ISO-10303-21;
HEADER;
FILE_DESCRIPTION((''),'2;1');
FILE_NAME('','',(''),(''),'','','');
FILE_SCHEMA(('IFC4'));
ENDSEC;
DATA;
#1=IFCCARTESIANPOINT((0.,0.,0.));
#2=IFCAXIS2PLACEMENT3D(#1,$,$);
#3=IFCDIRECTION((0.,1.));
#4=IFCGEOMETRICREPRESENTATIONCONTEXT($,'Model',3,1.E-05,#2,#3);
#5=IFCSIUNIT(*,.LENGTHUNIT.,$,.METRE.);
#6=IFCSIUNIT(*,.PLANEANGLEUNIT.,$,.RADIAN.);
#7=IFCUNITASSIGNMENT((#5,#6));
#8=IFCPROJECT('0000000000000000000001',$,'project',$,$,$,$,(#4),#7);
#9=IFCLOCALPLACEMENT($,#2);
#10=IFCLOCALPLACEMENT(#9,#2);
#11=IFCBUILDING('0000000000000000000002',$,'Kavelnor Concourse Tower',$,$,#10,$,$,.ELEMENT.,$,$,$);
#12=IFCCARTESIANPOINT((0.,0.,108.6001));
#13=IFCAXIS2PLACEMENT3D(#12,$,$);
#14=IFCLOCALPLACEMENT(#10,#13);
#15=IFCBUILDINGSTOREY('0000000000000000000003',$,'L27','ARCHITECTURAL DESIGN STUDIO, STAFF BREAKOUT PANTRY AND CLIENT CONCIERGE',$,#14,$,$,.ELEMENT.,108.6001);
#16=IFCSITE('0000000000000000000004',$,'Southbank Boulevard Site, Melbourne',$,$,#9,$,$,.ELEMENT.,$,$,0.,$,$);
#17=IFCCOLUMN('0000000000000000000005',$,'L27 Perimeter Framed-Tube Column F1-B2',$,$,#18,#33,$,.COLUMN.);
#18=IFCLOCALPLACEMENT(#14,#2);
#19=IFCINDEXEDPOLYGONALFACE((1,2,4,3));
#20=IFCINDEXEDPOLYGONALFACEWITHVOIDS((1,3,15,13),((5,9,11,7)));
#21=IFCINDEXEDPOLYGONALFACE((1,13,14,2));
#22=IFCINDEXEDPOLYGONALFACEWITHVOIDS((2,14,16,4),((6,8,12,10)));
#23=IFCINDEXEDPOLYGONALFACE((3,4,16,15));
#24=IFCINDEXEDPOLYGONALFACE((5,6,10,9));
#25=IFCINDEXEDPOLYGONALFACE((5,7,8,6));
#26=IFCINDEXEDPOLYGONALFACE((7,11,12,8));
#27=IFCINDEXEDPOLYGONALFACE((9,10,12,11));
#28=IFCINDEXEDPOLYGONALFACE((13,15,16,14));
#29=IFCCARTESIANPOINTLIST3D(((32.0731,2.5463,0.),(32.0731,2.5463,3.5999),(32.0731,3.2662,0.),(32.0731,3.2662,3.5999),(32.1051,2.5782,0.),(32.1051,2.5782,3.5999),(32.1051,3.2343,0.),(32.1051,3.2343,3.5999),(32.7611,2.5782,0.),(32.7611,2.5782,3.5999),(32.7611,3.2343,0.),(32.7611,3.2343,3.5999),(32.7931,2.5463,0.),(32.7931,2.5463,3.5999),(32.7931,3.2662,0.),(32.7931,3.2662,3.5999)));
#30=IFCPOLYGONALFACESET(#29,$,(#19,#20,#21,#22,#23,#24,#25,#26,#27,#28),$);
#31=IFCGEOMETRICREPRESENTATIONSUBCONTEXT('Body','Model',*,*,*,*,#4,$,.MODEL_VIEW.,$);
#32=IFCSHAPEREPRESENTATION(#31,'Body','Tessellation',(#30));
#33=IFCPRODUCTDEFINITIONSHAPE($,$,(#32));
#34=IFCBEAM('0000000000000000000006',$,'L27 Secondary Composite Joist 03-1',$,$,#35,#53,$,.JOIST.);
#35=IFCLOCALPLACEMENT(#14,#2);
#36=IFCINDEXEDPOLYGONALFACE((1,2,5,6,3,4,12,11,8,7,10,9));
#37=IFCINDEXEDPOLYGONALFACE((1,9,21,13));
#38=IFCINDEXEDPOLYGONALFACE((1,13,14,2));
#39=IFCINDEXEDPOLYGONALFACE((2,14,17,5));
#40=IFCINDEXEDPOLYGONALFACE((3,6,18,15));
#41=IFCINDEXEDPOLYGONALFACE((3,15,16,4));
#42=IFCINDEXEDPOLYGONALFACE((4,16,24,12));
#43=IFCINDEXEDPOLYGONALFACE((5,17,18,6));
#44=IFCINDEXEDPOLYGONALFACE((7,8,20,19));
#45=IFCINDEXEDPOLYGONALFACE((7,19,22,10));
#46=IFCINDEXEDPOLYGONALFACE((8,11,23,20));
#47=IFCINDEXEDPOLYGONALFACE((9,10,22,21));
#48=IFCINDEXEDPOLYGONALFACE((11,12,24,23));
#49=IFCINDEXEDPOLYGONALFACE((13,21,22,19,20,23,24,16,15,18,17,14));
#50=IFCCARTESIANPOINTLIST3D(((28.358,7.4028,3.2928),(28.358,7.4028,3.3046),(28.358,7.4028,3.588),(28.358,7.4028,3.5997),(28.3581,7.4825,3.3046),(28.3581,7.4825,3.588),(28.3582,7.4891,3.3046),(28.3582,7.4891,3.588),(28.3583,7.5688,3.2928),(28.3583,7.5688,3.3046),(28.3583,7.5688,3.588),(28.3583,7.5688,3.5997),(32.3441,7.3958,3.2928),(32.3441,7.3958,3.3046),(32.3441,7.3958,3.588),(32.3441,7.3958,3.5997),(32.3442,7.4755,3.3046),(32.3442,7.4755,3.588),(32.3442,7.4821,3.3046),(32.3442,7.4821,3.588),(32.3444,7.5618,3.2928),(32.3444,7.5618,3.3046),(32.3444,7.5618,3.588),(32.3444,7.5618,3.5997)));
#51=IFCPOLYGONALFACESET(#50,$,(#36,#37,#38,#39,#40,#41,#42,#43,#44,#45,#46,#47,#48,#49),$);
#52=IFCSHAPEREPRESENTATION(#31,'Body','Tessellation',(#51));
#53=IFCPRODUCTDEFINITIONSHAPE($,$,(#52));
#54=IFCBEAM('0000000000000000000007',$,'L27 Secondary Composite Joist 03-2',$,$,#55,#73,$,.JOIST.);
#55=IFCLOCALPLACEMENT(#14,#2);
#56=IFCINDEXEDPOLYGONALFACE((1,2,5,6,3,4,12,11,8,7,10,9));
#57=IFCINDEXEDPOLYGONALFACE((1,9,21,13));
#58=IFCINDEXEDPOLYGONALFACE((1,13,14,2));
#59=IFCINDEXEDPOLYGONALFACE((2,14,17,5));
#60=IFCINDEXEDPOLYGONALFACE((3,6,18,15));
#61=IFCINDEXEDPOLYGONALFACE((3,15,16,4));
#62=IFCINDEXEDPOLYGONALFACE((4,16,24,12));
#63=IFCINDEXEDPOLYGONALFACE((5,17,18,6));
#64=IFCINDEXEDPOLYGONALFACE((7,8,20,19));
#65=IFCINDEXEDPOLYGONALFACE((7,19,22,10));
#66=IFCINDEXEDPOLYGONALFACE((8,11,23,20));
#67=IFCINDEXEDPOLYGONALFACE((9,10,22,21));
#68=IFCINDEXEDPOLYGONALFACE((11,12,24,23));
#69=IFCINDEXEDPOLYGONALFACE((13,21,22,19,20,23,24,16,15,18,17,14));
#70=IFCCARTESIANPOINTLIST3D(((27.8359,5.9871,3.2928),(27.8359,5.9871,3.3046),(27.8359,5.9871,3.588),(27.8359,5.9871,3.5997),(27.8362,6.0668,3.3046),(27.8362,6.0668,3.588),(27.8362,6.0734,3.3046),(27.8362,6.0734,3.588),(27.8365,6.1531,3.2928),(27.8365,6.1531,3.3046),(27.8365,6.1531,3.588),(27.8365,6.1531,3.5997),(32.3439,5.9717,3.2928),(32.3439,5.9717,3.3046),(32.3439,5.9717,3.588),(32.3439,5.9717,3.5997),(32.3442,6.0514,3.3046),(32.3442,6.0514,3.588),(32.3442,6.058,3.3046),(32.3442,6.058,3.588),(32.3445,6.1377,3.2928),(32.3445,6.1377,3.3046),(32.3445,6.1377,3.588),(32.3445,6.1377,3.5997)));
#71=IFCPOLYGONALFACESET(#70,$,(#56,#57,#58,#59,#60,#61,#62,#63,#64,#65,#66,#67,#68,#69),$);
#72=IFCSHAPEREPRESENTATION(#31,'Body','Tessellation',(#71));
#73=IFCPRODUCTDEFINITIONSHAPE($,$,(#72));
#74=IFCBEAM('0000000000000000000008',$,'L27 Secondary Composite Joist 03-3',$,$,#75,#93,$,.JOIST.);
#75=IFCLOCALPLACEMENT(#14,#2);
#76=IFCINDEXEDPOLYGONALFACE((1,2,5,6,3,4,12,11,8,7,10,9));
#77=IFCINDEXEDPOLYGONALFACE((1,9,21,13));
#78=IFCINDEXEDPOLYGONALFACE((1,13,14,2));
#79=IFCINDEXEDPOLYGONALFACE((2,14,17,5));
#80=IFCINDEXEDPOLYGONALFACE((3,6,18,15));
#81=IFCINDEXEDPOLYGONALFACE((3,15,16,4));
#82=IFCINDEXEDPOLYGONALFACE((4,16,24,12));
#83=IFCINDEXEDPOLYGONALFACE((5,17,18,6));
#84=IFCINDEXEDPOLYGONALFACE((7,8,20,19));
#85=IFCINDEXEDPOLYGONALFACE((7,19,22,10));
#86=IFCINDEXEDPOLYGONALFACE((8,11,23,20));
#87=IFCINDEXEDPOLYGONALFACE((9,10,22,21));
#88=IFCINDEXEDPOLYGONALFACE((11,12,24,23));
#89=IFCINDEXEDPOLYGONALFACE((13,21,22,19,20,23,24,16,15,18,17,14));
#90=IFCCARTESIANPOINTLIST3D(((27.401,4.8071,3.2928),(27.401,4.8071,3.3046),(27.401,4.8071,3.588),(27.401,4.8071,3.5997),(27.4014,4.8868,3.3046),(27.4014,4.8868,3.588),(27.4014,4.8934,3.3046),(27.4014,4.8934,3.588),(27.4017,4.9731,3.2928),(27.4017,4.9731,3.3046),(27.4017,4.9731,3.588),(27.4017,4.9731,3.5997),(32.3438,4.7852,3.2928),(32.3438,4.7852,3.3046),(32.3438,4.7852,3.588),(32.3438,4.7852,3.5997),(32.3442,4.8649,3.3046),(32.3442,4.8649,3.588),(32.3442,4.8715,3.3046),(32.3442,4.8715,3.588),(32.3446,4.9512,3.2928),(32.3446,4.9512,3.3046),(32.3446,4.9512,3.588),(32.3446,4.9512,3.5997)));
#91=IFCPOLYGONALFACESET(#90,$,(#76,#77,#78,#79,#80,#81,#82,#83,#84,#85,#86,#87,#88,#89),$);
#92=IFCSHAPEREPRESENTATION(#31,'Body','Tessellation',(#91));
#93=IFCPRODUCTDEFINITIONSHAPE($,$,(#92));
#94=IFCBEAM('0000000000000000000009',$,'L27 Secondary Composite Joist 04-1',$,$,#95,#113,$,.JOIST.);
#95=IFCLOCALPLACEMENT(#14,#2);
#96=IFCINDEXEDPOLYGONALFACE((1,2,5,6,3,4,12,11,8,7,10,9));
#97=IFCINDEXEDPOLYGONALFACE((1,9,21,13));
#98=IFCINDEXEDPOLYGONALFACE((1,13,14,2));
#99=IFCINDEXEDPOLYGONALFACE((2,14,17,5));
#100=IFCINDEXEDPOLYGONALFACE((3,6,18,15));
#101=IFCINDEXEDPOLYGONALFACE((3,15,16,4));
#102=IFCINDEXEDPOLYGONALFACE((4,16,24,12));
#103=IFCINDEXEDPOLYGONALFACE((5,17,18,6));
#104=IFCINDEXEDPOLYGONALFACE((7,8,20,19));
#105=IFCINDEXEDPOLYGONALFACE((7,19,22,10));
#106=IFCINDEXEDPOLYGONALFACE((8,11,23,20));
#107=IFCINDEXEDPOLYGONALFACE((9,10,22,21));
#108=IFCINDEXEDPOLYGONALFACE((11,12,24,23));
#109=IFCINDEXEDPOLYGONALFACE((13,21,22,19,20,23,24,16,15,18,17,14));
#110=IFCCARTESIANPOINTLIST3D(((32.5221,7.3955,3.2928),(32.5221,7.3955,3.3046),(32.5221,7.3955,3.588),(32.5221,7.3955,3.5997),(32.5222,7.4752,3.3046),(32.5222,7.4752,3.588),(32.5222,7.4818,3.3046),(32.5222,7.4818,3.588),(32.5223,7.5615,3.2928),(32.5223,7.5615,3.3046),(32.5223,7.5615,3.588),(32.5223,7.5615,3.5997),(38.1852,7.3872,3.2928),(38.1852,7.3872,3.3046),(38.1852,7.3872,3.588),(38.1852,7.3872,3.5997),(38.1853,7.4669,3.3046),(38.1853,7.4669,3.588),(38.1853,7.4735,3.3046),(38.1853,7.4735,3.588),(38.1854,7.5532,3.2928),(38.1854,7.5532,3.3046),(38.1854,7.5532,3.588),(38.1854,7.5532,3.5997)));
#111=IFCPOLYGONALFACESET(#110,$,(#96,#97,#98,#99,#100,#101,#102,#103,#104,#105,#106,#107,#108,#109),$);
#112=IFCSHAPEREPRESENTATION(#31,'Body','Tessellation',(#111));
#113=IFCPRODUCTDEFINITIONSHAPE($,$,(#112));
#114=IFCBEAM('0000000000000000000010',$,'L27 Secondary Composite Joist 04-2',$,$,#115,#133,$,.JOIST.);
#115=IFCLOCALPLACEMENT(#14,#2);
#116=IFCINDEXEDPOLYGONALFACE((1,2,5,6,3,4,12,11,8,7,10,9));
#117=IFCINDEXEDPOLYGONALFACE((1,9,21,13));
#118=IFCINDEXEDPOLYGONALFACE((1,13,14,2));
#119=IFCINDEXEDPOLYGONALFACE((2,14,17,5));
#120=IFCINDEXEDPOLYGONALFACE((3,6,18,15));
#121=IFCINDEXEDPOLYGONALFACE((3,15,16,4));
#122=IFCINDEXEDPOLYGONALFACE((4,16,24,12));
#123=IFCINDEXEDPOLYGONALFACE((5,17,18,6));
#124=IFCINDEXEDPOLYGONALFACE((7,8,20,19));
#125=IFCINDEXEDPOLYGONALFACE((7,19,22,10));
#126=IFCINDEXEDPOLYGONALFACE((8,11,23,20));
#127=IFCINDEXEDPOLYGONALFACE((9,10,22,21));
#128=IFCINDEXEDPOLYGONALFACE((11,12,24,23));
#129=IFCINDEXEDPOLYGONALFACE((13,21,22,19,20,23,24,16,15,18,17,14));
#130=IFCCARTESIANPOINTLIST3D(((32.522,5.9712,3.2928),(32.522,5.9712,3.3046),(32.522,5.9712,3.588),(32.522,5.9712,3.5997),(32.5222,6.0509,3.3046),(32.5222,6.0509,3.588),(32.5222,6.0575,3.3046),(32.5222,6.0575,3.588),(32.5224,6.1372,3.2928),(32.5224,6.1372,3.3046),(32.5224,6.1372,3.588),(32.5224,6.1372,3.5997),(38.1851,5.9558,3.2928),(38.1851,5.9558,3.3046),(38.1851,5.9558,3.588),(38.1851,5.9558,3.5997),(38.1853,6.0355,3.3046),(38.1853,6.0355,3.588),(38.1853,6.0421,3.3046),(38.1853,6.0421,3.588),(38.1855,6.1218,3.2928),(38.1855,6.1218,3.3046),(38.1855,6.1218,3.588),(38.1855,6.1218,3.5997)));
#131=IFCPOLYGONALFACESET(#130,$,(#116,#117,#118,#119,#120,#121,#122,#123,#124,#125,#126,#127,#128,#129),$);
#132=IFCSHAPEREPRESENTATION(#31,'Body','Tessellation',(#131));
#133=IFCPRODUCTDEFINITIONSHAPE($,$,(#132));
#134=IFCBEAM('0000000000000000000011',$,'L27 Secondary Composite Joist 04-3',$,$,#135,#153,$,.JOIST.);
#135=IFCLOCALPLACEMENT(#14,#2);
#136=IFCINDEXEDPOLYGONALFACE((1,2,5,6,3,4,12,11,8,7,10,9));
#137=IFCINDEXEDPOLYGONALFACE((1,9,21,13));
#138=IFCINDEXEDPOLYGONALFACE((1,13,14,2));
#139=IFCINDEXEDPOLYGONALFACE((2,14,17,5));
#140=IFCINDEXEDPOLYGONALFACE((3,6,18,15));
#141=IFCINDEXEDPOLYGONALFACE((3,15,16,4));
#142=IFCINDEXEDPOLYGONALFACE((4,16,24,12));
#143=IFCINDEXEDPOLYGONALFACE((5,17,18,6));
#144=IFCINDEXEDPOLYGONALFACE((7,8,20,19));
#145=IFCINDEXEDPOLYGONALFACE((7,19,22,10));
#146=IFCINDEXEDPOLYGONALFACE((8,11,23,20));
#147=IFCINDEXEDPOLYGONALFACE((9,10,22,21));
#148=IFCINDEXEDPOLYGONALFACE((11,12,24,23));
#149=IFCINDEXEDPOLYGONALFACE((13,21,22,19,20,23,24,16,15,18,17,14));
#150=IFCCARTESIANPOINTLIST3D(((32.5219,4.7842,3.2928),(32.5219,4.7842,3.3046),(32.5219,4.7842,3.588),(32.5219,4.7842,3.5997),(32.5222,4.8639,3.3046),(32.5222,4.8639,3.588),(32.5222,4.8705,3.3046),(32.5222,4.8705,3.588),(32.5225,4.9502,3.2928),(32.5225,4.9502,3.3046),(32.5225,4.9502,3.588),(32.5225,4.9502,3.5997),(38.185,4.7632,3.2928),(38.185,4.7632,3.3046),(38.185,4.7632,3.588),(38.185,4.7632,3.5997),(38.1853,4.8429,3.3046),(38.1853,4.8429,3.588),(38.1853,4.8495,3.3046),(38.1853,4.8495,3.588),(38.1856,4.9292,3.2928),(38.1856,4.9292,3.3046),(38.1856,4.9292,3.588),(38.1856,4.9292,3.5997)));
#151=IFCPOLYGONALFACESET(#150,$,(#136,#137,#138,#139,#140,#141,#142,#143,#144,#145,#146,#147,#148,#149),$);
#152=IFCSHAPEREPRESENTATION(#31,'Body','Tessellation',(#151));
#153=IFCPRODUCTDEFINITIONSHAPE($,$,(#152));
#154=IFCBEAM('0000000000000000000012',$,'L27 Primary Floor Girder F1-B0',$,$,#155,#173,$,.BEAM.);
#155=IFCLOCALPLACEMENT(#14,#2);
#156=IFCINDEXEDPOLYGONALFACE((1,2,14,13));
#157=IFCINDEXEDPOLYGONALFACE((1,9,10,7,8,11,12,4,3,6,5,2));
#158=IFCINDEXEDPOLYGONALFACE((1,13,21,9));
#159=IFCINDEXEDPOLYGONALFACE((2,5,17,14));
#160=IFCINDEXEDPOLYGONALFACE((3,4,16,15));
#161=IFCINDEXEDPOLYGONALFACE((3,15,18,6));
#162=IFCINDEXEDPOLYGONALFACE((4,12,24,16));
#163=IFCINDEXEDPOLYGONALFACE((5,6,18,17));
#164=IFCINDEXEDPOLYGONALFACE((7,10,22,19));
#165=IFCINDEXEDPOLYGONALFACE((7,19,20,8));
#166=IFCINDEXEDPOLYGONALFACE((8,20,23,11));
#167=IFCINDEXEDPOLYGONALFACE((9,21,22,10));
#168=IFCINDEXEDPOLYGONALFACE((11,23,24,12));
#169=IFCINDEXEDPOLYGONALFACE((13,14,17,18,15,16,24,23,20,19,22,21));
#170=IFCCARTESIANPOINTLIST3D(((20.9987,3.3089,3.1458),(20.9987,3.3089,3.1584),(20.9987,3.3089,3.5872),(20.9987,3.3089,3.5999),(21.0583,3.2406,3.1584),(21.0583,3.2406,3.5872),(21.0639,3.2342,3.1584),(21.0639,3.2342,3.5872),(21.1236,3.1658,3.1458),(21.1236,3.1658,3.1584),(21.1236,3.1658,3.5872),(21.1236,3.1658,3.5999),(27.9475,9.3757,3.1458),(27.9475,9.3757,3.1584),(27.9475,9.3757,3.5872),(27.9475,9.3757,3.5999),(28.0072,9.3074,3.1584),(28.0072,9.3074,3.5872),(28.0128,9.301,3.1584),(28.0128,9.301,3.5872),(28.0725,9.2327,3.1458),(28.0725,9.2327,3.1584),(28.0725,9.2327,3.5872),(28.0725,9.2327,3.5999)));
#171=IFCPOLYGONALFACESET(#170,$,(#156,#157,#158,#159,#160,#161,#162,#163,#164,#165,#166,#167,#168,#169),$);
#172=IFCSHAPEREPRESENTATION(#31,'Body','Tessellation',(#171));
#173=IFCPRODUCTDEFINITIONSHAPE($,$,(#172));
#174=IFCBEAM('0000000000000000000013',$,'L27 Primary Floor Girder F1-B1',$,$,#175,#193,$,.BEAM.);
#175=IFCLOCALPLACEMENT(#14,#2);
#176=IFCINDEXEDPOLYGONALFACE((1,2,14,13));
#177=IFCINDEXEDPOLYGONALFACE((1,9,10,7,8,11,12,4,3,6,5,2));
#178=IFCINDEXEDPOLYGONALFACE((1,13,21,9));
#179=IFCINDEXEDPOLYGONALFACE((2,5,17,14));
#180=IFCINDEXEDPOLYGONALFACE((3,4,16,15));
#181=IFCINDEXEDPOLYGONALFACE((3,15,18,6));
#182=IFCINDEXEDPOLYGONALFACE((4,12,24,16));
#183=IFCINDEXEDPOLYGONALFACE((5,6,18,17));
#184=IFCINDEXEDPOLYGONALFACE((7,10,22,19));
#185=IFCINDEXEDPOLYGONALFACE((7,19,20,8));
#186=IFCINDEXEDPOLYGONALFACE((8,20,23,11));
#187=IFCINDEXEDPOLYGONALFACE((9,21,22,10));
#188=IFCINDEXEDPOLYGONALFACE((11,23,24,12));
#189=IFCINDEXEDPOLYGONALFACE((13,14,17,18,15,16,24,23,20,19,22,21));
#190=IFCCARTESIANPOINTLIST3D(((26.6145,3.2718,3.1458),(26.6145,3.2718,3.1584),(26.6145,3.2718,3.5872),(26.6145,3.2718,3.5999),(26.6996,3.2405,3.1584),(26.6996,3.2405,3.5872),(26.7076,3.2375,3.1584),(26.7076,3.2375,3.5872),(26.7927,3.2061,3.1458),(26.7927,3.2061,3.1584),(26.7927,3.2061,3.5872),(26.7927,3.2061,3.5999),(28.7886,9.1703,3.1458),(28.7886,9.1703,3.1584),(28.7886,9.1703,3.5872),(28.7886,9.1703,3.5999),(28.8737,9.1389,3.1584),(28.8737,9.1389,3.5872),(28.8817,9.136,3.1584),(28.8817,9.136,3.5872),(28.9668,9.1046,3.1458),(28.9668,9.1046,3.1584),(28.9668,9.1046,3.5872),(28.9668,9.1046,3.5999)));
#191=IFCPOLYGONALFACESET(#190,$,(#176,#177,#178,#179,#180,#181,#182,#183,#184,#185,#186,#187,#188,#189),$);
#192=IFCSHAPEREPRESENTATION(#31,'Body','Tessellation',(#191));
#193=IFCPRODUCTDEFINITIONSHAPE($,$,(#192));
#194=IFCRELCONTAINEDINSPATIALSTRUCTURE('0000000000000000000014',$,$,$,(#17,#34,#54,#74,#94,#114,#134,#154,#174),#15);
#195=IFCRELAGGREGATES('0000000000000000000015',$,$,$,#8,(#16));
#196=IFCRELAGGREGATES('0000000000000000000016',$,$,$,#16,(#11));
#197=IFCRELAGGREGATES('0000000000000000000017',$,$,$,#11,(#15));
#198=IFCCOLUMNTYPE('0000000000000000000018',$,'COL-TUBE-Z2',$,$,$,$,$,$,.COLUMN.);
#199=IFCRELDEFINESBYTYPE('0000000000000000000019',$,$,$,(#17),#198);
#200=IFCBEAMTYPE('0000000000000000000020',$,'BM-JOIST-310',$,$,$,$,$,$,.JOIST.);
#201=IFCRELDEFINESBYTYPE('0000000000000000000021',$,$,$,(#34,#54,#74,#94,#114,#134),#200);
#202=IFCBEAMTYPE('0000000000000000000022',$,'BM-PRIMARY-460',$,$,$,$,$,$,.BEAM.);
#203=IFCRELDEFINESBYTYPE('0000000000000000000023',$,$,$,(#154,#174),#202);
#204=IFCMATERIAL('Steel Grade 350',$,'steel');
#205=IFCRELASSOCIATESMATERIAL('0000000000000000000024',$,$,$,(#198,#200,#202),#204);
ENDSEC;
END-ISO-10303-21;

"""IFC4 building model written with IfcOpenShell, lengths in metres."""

from ifc_helpers import new_model, si_unit, direction, frame, origin, origin_2d, place, context, subcontext, project, spatial, hollow_rectangle, i_section, extrude, material, material_profile, profile_set, type_object, element, save


model = new_model("IFC4")

# Units and contexts
model_context = context("Model", 3, precision=1e-05, world=origin(), true_north=direction((0.0, 1.0)))
body_context = subcontext(model_context, "Body", "Model", "MODEL_VIEW")
ifc_project = project(units=[si_unit("LENGTHUNIT", "METRE"), si_unit("PLANEANGLEUNIT", "RADIAN")], contexts=[model_context])

# Site, building, storey
site_placement = place(None, origin())
site = spatial("IfcSite", under=ifc_project, at=site_placement, Name="Southbank Boulevard Site, Melbourne", CompositionType="ELEMENT", RefElevation=0.0)
building_placement = place(site_placement, origin())
building = spatial("IfcBuilding", under=site, at=building_placement, Name="Kavelnor Concourse Tower", CompositionType="ELEMENT")
storey_placement = place(building_placement, frame((0.0, 0.0, 108.6001)))
storey = spatial("IfcBuildingStorey", under=building, at=storey_placement, Name="L27", Description="ARCHITECTURAL DESIGN STUDIO, STAFF BREAKOUT PANTRY AND CLIENT CONCIERGE", CompositionType="ELEMENT", Elevation=108.6001)

# Column
ifc_material_1 = material(Name="Steel Grade 350", Category="steel")
ifc_material_profile_1 = material_profile(ifc_material_1, hollow_rectangle(XDim=0.72, YDim=0.72, WallThickness=0.032, at=origin_2d()), Name="SHS 720x720x32")
ifc_profile_set_1 = profile_set([ifc_material_profile_1], Name="Steel Grade 350")
column_type = type_object("IfcColumnType", Name="COL-TUBE-Z2", PredefinedType="COLUMN", material=ifc_profile_set_1)
column_placement = place(storey_placement, frame((32.4331, 2.9062, 0.0), z_axis=(0.0, 0.0, 1.0), x_axis=(1.0, 0.0, 0.0)))
element("IfcColumn", 1, at=column_placement, inside=storey, type_object=column_type, Name="L27 Perimeter Framed-Tube Column F1-B2", PredefinedType="COLUMN", context=body_context, shape_type="SweptSolid", body=[
    extrude(hollow_rectangle(XDim=0.72, YDim=0.72, WallThickness=0.032, at=origin_2d()), origin(), (0.0, 0.0, 1.0), 3.5999),
])

# Beams
ifc_material_profile_2 = material_profile(ifc_material_1, i_section(OverallWidth=0.166, OverallDepth=0.3069, WebThickness=0.0066, FlangeThickness=0.0117, at=origin_2d()), Name="310UB46")
ifc_profile_set_2 = profile_set([ifc_material_profile_2], Name="Steel Grade 350")
beam_type_1 = type_object("IfcBeamType", Name="BM-JOIST-310", PredefinedType="JOIST", material=ifc_profile_set_2)
beam_1_placement = place(storey_placement, frame((28.3582, 7.4858, 3.4463), z_axis=(0.999998, -0.001776, 0.0), x_axis=(0.001776, 0.999998, 0.0)))
element("IfcBeam", 2, at=beam_1_placement, inside=storey, type_object=beam_type_1, Name="L27 Secondary Composite Joist 03-1", PredefinedType="JOIST", context=body_context, shape_type="SweptSolid", body=[
    extrude(i_section(OverallWidth=0.166, OverallDepth=0.3069, WebThickness=0.0066, FlangeThickness=0.0117, at=origin_2d()), origin(), (0.0, 0.0, 1.0), 3.9861),
])
beam_2_placement = place(storey_placement, frame((27.8362, 6.0701, 3.4463), z_axis=(0.999994, -0.003412, 0.0), x_axis=(0.003412, 0.999994, 0.0)))
element("IfcBeam", 3, at=beam_2_placement, inside=storey, type_object=beam_type_1, Name="L27 Secondary Composite Joist 03-2", PredefinedType="JOIST", context=body_context, shape_type="SweptSolid", body=[
    extrude(i_section(OverallWidth=0.166, OverallDepth=0.3069, WebThickness=0.0066, FlangeThickness=0.0117, at=origin_2d()), origin(), (0.0, 0.0, 1.0), 4.5081),
])
beam_3_placement = place(storey_placement, frame((27.4014, 4.8901, 3.4463), z_axis=(0.99999, -0.004445, 0.0), x_axis=(0.004445, 0.99999, 0.0)))
element("IfcBeam", 4, at=beam_3_placement, inside=storey, type_object=beam_type_1, Name="L27 Secondary Composite Joist 03-3", PredefinedType="JOIST", context=body_context, shape_type="SweptSolid", body=[
    extrude(i_section(OverallWidth=0.166, OverallDepth=0.3069, WebThickness=0.0066, FlangeThickness=0.0117, at=origin_2d()), origin(), (0.0, 0.0, 1.0), 4.9429),
])
for number, where, z_axis, x_axis, name in (
    (5, (32.5222, 7.4785, 3.4463), (0.999999, -0.001466, 0.0), (0.001466, 0.999999, 0.0), "L27 Secondary Composite Joist 04-1"),
    (6, (32.5222, 6.0542, 3.4463), (0.999996, -0.002716, 0.0), (0.002716, 0.999996, 0.0), "L27 Secondary Composite Joist 04-2"),
    (7, (32.5222, 4.8672, 3.4463), (0.999993, -0.003708, 0.0), (0.003708, 0.999993, 0.0), "L27 Secondary Composite Joist 04-3"),
):
    element("IfcBeam", number, at=place(storey_placement, frame(where, z_axis=z_axis, x_axis=x_axis)), inside=storey, type_object=beam_type_1, Name=name, PredefinedType="JOIST", context=body_context, shape_type="SweptSolid", body=[
        extrude(i_section(OverallWidth=0.166, OverallDepth=0.3069, WebThickness=0.0066, FlangeThickness=0.0117, at=origin_2d()), origin(), (0.0, 0.0, 1.0), 5.6631),
    ])
ifc_material_profile_3 = material_profile(ifc_material_1, i_section(OverallWidth=0.1899, OverallDepth=0.4541, WebThickness=0.0085, FlangeThickness=0.0127, at=origin_2d()), Name="460UB67")
ifc_profile_set_3 = profile_set([ifc_material_profile_3], Name="Steel Grade 350")
beam_type_2 = type_object("IfcBeamType", Name="BM-PRIMARY-460", PredefinedType="BEAM", material=ifc_profile_set_3)
beam_4_placement = place(storey_placement, frame((28.01, 9.3042, 3.3728), z_axis=(-0.753299, -0.657678, 0.0), x_axis=(0.657678, -0.753299, 0.0)))
element("IfcBeam", 8, at=beam_4_placement, inside=storey, type_object=beam_type_2, Name="L27 Primary Floor Girder F1-B0", PredefinedType="BEAM", context=body_context, shape_type="SweptSolid", body=[
    extrude(i_section(OverallWidth=0.1899, OverallDepth=0.4541, WebThickness=0.0085, FlangeThickness=0.0127, at=origin_2d()), origin(), (0.0, 0.0, 1.0), 9.2246),
])
beam_5_placement = place(storey_placement, frame((28.8777, 9.1375, 3.3728), z_axis=(-0.34584, -0.938293, 0.0), x_axis=(0.938293, -0.34584, 0.0)))
element("IfcBeam", 9, at=beam_5_placement, inside=storey, type_object=beam_type_2, Name="L27 Primary Floor Girder F1-B1", PredefinedType="BEAM", context=body_context, shape_type="SweptSolid", body=[
    extrude(i_section(OverallWidth=0.1899, OverallDepth=0.4541, WebThickness=0.0085, FlangeThickness=0.0127, at=origin_2d()), origin(), (0.0, 0.0, 1.0), 6.2864),
])

save(model, "model.ifc")
